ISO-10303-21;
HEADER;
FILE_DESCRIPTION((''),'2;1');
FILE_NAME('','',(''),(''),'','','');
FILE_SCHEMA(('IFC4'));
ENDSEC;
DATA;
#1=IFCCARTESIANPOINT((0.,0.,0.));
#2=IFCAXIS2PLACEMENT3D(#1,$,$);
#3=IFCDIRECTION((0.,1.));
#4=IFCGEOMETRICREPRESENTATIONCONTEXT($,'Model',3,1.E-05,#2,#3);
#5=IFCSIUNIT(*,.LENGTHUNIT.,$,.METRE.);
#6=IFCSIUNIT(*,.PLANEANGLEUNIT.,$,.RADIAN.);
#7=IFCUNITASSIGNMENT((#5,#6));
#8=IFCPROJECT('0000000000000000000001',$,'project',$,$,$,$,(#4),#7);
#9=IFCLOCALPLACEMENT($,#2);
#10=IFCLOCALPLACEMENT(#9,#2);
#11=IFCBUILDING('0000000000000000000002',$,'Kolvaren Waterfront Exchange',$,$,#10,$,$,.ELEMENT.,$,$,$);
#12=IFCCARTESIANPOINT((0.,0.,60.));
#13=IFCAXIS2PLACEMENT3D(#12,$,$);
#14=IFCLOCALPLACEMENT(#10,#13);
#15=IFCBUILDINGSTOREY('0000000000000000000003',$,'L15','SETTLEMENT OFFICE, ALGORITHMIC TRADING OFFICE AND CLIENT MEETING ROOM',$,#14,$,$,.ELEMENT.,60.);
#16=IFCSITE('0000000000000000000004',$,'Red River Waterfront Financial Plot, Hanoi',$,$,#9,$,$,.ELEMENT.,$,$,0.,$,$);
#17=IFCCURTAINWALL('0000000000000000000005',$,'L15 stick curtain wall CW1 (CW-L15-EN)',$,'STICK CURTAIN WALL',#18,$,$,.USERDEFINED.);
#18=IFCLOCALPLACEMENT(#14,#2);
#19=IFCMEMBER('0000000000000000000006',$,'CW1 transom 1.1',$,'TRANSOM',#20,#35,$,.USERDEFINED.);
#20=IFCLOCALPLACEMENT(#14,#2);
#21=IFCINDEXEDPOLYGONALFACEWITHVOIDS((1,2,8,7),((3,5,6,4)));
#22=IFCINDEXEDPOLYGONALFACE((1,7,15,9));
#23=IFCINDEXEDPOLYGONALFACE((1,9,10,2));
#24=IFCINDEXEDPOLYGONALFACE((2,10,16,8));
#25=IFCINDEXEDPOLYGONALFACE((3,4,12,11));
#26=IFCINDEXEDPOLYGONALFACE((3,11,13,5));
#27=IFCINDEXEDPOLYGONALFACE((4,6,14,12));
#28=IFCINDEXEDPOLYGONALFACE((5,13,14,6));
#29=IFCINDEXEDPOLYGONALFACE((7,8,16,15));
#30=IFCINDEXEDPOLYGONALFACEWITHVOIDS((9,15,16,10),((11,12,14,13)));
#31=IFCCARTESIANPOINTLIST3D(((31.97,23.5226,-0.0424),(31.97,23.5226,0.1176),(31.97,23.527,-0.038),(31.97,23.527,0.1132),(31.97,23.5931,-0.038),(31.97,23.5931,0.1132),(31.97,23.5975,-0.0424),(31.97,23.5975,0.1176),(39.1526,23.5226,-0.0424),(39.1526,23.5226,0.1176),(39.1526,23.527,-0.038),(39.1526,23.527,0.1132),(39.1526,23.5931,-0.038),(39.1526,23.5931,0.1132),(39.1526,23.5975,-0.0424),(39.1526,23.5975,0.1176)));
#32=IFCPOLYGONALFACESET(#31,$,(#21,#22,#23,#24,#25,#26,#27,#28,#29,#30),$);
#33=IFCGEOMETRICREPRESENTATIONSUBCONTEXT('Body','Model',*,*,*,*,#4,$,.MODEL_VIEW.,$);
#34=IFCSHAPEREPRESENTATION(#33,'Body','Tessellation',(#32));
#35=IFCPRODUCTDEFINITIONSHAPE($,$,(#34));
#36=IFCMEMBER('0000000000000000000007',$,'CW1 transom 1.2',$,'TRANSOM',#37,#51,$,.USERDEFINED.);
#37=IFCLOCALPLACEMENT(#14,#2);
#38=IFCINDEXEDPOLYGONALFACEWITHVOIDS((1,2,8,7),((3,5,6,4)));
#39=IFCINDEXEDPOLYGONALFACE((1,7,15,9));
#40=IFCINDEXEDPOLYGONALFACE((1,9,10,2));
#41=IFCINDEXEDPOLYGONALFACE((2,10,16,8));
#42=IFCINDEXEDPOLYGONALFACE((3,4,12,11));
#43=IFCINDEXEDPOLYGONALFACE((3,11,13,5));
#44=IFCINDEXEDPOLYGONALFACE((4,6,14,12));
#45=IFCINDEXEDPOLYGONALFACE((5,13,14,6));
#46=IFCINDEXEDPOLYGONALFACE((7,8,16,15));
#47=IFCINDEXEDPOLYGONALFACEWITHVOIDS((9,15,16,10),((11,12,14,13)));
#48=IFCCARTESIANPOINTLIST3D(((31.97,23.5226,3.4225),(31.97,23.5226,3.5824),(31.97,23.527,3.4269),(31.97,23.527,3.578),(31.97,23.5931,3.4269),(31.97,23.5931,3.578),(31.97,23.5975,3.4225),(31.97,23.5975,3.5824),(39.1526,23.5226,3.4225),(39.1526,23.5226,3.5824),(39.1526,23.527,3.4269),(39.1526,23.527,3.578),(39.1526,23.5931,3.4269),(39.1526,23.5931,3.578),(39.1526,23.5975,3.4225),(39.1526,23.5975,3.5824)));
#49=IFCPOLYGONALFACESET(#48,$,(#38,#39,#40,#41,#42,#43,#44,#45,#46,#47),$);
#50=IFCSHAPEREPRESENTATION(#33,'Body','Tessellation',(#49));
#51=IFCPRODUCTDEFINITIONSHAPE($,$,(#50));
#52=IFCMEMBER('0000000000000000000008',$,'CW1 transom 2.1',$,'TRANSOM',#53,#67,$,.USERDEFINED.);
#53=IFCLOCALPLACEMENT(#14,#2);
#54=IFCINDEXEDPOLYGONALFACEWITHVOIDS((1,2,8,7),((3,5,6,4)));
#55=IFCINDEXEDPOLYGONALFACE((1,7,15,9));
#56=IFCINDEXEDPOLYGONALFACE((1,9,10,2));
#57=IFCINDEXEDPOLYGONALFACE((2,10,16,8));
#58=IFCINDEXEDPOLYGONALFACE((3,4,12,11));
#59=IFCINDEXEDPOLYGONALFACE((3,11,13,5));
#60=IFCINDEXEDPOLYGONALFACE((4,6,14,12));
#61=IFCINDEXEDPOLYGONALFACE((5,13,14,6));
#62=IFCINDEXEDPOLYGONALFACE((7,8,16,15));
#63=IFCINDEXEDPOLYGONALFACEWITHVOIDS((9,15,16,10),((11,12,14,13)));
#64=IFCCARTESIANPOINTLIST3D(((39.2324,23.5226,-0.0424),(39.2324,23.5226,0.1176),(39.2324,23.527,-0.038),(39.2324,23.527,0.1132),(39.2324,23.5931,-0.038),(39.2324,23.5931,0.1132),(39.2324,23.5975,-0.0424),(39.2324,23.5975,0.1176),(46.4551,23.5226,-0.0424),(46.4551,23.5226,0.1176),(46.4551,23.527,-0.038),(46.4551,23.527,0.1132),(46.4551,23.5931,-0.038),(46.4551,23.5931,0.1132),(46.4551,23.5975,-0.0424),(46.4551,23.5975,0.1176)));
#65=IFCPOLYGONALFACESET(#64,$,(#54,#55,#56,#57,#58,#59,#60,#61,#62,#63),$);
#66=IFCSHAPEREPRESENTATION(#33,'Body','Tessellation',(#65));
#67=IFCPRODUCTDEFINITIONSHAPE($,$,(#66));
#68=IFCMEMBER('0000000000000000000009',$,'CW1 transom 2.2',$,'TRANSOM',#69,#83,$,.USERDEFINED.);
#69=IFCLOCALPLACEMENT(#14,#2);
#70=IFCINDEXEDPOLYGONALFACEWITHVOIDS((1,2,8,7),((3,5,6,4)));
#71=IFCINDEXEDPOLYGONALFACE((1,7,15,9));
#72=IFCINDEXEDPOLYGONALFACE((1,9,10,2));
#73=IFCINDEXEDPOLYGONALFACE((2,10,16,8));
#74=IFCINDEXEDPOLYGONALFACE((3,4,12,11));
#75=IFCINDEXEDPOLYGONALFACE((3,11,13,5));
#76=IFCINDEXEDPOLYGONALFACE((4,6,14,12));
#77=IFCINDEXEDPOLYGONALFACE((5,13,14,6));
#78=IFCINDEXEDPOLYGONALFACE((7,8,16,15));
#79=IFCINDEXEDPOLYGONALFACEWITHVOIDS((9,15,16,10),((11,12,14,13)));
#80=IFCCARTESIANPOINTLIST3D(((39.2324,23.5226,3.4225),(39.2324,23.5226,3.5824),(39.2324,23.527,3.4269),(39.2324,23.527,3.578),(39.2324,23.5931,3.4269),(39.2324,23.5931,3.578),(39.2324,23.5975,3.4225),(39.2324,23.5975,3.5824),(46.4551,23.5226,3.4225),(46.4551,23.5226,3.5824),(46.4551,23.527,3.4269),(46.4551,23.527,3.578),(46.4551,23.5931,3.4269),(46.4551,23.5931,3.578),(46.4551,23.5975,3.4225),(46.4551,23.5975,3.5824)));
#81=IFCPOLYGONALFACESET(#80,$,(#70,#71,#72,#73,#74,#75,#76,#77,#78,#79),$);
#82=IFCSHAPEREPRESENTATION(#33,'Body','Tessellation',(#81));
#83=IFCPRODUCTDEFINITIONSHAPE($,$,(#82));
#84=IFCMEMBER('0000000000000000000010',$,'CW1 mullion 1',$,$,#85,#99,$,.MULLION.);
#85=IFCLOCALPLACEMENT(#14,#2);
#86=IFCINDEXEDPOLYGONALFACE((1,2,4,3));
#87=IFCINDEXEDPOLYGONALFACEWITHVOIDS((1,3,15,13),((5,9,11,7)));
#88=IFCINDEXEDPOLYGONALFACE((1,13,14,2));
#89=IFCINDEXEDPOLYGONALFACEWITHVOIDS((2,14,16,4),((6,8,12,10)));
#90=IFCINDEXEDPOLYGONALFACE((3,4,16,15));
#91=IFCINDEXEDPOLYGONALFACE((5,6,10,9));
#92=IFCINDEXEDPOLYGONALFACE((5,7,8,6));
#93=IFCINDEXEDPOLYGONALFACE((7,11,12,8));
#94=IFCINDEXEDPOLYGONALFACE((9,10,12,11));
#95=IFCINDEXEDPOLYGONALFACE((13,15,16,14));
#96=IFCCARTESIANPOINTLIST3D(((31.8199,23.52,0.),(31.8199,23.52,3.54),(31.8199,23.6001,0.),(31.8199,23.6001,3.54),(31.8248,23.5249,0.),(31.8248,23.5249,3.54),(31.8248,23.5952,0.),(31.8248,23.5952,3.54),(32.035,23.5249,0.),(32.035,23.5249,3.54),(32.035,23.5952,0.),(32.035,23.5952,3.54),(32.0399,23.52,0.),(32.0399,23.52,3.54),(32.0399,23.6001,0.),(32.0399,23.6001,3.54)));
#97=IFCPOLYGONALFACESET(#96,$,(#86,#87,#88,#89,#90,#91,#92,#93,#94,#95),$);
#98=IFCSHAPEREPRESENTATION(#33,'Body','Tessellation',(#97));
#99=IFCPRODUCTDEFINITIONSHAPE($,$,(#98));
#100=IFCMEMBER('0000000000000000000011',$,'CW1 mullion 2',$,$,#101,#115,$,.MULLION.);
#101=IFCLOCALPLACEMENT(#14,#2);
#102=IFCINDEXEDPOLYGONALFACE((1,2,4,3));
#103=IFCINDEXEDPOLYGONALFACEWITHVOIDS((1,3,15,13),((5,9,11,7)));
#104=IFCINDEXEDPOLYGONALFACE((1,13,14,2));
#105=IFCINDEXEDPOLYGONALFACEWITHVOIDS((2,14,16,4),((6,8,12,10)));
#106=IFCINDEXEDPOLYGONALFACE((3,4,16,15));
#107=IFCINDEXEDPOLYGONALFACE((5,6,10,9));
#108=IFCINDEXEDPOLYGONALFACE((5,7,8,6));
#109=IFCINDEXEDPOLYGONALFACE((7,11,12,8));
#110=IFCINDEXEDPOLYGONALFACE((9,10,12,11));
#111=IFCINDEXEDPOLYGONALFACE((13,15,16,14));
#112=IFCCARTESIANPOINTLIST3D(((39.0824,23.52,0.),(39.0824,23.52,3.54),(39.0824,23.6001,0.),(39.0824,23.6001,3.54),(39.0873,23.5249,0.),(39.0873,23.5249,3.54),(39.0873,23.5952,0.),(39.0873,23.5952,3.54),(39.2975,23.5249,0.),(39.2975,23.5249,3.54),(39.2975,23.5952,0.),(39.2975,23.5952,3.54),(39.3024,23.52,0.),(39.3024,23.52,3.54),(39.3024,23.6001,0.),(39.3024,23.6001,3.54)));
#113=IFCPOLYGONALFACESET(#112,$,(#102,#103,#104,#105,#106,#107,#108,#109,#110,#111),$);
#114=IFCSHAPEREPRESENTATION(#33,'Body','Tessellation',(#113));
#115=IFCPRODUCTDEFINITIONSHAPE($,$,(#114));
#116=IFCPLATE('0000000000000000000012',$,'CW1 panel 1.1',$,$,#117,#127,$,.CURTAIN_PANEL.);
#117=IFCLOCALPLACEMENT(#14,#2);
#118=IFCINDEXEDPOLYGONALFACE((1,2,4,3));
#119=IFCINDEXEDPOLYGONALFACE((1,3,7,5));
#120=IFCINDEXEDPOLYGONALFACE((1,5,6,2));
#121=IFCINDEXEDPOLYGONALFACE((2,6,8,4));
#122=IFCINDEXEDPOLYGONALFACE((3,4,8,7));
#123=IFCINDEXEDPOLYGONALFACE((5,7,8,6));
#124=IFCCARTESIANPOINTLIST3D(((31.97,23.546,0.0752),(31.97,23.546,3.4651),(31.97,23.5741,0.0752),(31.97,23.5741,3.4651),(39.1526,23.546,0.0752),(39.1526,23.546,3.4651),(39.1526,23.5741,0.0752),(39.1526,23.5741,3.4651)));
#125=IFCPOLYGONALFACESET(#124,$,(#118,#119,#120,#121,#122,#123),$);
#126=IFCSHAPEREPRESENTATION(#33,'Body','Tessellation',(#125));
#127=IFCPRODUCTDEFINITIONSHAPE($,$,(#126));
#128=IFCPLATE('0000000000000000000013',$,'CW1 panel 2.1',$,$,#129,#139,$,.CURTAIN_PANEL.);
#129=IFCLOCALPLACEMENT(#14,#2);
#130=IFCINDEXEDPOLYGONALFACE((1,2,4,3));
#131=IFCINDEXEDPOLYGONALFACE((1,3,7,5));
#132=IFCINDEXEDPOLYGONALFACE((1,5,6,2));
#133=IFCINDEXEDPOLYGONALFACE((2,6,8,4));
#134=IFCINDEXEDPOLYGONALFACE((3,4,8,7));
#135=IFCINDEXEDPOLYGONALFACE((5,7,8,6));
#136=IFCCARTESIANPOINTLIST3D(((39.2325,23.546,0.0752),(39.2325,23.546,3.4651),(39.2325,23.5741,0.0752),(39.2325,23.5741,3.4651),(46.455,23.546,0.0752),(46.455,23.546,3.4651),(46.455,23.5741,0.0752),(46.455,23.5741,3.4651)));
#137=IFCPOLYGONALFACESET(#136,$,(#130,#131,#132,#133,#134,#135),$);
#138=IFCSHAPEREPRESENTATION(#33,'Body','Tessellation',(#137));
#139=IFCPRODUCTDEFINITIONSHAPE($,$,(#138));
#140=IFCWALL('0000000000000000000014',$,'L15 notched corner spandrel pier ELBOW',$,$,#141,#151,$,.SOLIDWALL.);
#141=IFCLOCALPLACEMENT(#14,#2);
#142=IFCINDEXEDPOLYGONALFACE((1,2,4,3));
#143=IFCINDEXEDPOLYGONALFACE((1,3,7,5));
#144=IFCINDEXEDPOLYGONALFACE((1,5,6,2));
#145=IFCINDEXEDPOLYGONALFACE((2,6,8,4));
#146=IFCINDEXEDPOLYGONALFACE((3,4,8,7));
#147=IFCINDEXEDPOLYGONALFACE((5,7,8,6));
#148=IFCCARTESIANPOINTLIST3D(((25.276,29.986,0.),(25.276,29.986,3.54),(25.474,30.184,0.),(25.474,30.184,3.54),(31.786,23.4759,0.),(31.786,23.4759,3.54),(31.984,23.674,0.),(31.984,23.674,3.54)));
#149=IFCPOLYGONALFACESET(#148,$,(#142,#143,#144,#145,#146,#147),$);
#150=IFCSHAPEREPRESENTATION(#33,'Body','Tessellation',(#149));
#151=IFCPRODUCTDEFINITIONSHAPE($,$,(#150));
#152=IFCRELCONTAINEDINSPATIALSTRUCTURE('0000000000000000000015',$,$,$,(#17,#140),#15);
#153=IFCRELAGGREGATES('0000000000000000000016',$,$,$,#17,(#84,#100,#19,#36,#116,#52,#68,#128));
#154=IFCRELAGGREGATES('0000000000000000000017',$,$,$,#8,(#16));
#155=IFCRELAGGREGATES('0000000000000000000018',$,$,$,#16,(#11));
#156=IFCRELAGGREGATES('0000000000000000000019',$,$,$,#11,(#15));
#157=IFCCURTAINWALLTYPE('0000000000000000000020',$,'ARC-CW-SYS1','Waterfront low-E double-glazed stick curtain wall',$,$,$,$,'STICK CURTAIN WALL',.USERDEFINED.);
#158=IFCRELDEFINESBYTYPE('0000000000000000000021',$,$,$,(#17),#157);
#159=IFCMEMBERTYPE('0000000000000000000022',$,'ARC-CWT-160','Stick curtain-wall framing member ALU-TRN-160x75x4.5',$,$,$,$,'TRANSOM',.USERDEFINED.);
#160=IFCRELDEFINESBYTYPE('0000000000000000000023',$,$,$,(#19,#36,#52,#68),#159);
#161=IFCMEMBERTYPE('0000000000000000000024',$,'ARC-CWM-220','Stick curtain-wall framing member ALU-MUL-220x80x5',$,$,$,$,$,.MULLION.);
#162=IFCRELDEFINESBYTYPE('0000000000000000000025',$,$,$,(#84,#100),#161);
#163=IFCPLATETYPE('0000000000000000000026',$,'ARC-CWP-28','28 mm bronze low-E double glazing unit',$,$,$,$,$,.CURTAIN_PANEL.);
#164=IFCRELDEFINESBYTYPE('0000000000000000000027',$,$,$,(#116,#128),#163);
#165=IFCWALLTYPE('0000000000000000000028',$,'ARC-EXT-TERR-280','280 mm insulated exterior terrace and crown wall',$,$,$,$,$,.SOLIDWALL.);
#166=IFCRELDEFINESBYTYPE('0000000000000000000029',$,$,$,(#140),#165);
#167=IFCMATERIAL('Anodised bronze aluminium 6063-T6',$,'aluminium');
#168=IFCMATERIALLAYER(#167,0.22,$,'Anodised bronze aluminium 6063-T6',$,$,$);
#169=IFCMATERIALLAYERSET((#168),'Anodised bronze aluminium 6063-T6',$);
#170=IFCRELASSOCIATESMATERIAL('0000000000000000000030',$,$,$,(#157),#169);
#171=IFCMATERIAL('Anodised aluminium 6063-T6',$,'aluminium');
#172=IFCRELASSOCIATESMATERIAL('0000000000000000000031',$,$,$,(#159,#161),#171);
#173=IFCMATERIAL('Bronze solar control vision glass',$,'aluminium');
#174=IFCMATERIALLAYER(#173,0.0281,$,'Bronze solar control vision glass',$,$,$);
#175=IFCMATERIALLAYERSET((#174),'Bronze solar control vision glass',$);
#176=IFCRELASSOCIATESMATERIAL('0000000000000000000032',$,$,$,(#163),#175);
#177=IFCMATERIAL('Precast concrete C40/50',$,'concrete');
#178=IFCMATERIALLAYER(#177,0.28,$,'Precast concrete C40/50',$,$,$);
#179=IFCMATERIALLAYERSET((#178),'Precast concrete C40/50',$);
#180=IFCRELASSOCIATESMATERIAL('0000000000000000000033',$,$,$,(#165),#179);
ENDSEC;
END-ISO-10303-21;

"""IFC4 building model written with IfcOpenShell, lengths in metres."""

from ifc_helpers import new_model, si_unit, direction, frame, frame_2d, origin, origin_with_axes, origin_2d, place, context, subcontext, project, spatial, rectangle, hollow_rectangle, extrude, source, transform, mapped, material, layer, layer_set, material_profile, profile_set, type_object, element, aggregate, save


model = new_model("IFC4")

# Units and contexts
model_context = context("Model", 3, precision=1e-05, world=origin(), true_north=direction((0.0, 1.0)))
body_context = subcontext(model_context, "Body", "Model", "MODEL_VIEW")
ifc_project = project(units=[si_unit("LENGTHUNIT", "METRE"), si_unit("PLANEANGLEUNIT", "RADIAN")], contexts=[model_context])

# Site, building, storey
site_placement = place(None, origin())
site = spatial("IfcSite", under=ifc_project, at=site_placement, Name="Red River Waterfront Financial Plot, Hanoi", CompositionType="ELEMENT", RefElevation=0.0)
building_placement = place(site_placement, origin())
building = spatial("IfcBuilding", under=site, at=building_placement, Name="Kolvaren Waterfront Exchange", CompositionType="ELEMENT")
storey_placement = place(building_placement, frame((0.0, 0.0, 60.0)))
storey = spatial("IfcBuildingStorey", under=building, at=storey_placement, Name="L15", Description="SETTLEMENT OFFICE, ALGORITHMIC TRADING OFFICE AND CLIENT MEETING ROOM", CompositionType="ELEMENT", Elevation=60.0)

# Curtain wall, members, plates
ifc_material_1 = material(Name="Anodised bronze aluminium 6063-T6", Category="aluminium")
ifc_layer_1 = layer(ifc_material_1, 0.22, Name="Anodised bronze aluminium 6063-T6")
ifc_layer_set_1 = layer_set([ifc_layer_1], Name="Anodised bronze aluminium 6063-T6")
curtain_wall_type = type_object("IfcCurtainWallType", Name="ARC-CW-SYS1", Description="Waterfront low-E double-glazed stick curtain wall", ElementType="STICK CURTAIN WALL", PredefinedType="USERDEFINED", material=ifc_layer_set_1)
curtain_wall_placement = place(storey_placement, origin())
curtain_wall = element("IfcCurtainWall", 1, at=curtain_wall_placement, inside=storey, type_object=curtain_wall_type, Name="L15 stick curtain wall CW1 (CW-L15-EN)", ObjectType="STICK CURTAIN WALL", PredefinedType="USERDEFINED")
ifc_material_2 = material(Name="Anodised aluminium 6063-T6", Category="aluminium")
ifc_material_profile_1 = material_profile(ifc_material_2, hollow_rectangle(XDim=0.075, YDim=0.1599, WallThickness=0.0044, at=origin_2d()), Name="ALU-TRN-160x75x4.5")
ifc_profile_set_1 = profile_set([ifc_material_profile_1], Name="Anodised aluminium 6063-T6")
member_type_1 = type_object("IfcMemberType", Name="ARC-CWT-160", Description="Stick curtain-wall framing member ALU-TRN-160x75x4.5", ElementType="TRANSOM", PredefinedType="USERDEFINED", material=ifc_profile_set_1)
shared_shape_1 = source(origin_with_axes(), body_context, "Body", "SweptSolid", [
    extrude(hollow_rectangle(XDim=0.075, YDim=0.1599, WallThickness=0.0044, at=origin_2d()), origin(), (0.0, 0.0, 1.0), 7.1826),
])
member_1_placement = place(storey_placement, frame((31.97, 23.5601, 0.0376), z_axis=(1.0, 0.0, 0.0), x_axis=(0.0, 1.0, 0.0)))
member_1 = element("IfcMember", 2, at=member_1_placement, type_object=member_type_1, Name="CW1 transom 1.1", ObjectType="TRANSOM", PredefinedType="USERDEFINED", context=body_context, shape_type="MappedRepresentation", body=[
    mapped(shared_shape_1, transform((0.0, 0.0, 0.0), x_axis=(1.0, 0.0, 0.0), y_axis=(0.0, 1.0, 0.0), z_axis=(0.0, 0.0, 1.0), scale=1.0)),
])
member_2_placement = place(storey_placement, frame((31.97, 23.5601, 3.5024), z_axis=(1.0, 0.0, 0.0), x_axis=(0.0, 1.0, 0.0)))
member_2 = element("IfcMember", 3, at=member_2_placement, type_object=member_type_1, Name="CW1 transom 1.2", ObjectType="TRANSOM", PredefinedType="USERDEFINED", context=body_context, shape_type="MappedRepresentation", body=[
    mapped(shared_shape_1, transform((0.0, 0.0, 0.0), x_axis=(1.0, 0.0, 0.0), y_axis=(0.0, 1.0, 0.0), z_axis=(0.0, 0.0, 1.0), scale=1.0)),
])
shared_shape_2 = source(origin_with_axes(), body_context, "Body", "SweptSolid", [
    extrude(hollow_rectangle(XDim=0.075, YDim=0.1599, WallThickness=0.0044, at=origin_2d()), origin(), (0.0, 0.0, 1.0), 7.2227),
])
member_3_placement = place(storey_placement, frame((39.2324, 23.5601, 0.0376), z_axis=(1.0, 0.0, 0.0), x_axis=(0.0, 1.0, 0.0)))
member_3 = element("IfcMember", 4, at=member_3_placement, type_object=member_type_1, Name="CW1 transom 2.1", ObjectType="TRANSOM", PredefinedType="USERDEFINED", context=body_context, shape_type="MappedRepresentation", body=[
    mapped(shared_shape_2, transform((0.0, 0.0, 0.0), x_axis=(1.0, 0.0, 0.0), y_axis=(0.0, 1.0, 0.0), z_axis=(0.0, 0.0, 1.0), scale=1.0)),
])
member_4_placement = place(storey_placement, frame((39.2324, 23.5601, 3.5024), z_axis=(1.0, 0.0, 0.0), x_axis=(0.0, 1.0, 0.0)))
member_4 = element("IfcMember", 5, at=member_4_placement, type_object=member_type_1, Name="CW1 transom 2.2", ObjectType="TRANSOM", PredefinedType="USERDEFINED", context=body_context, shape_type="MappedRepresentation", body=[
    mapped(shared_shape_2, transform((0.0, 0.0, 0.0), x_axis=(1.0, 0.0, 0.0), y_axis=(0.0, 1.0, 0.0), z_axis=(0.0, 0.0, 1.0), scale=1.0)),
])
ifc_material_profile_2 = material_profile(ifc_material_2, hollow_rectangle(XDim=0.0801, YDim=0.22, WallThickness=0.0049, at=origin_2d()), Name="ALU-MUL-220x80x5")
ifc_profile_set_2 = profile_set([ifc_material_profile_2], Name="Anodised aluminium 6063-T6")
member_type_2 = type_object("IfcMemberType", Name="ARC-CWM-220", Description="Stick curtain-wall framing member ALU-MUL-220x80x5", PredefinedType="MULLION", material=ifc_profile_set_2)
shared_shape_3 = source(origin_with_axes(), body_context, "Body", "SweptSolid", [
    extrude(hollow_rectangle(XDim=0.0801, YDim=0.22, WallThickness=0.0049, at=origin_2d()), origin(), (0.0, 0.0, 1.0), 3.54),
])
member_5_placement = place(storey_placement, frame((31.9299, 23.5601, 0.0), z_axis=(0.0, 0.0, 1.0), x_axis=(0.0, 1.0, 0.0)))
member_5 = element("IfcMember", 6, at=member_5_placement, type_object=member_type_2, Name="CW1 mullion 1", PredefinedType="MULLION", context=body_context, shape_type="MappedRepresentation", body=[
    mapped(shared_shape_3, transform((0.0, 0.0, 0.0), x_axis=(1.0, 0.0, 0.0), y_axis=(0.0, 1.0, 0.0), z_axis=(0.0, 0.0, 1.0), scale=1.0)),
])
member_6_placement = place(storey_placement, frame((39.1924, 23.5601, 0.0), z_axis=(0.0, 0.0, 1.0), x_axis=(0.0, 1.0, 0.0)))
member_6 = element("IfcMember", 7, at=member_6_placement, type_object=member_type_2, Name="CW1 mullion 2", PredefinedType="MULLION", context=body_context, shape_type="MappedRepresentation", body=[
    mapped(shared_shape_3, transform((0.0, 0.0, 0.0), x_axis=(1.0, 0.0, 0.0), y_axis=(0.0, 1.0, 0.0), z_axis=(0.0, 0.0, 1.0), scale=1.0)),
])
ifc_material_3 = material(Name="Bronze solar control vision glass", Category="aluminium")
ifc_layer_2 = layer(ifc_material_3, 0.0281, Name="Bronze solar control vision glass")
ifc_layer_set_2 = layer_set([ifc_layer_2], Name="Bronze solar control vision glass")
plate_type = type_object("IfcPlateType", Name="ARC-CWP-28", Description="28 mm bronze low-E double glazing unit", PredefinedType="CURTAIN_PANEL", material=ifc_layer_set_2)
shared_shape_4 = source(origin_with_axes(), body_context, "Body", "SweptSolid", [
    extrude(rectangle(XDim=7.1826, YDim=0.0281, at=origin_2d()), origin(), (0.0, 0.0, 1.0), 3.3899),
])
plate_1_placement = place(storey_placement, frame((35.5613, 23.5601, 0.0752), z_axis=(0.0, 0.0, 1.0), x_axis=(1.0, 0.0, 0.0)))
plate_1 = element("IfcPlate", 8, at=plate_1_placement, type_object=plate_type, Name="CW1 panel 1.1", PredefinedType="CURTAIN_PANEL", context=body_context, shape_type="MappedRepresentation", body=[
    mapped(shared_shape_4, transform((0.0, 0.0, 0.0), x_axis=(1.0, 0.0, 0.0), y_axis=(0.0, 1.0, 0.0), z_axis=(0.0, 0.0, 1.0), scale=1.0)),
])
shared_shape_5 = source(origin_with_axes(), body_context, "Body", "SweptSolid", [
    extrude(rectangle(XDim=7.2224, YDim=0.0281, at=origin_2d()), origin(), (0.0, 0.0, 1.0), 3.3899),
])
plate_2_placement = place(storey_placement, frame((42.8438, 23.5601, 0.0752), z_axis=(0.0, 0.0, 1.0), x_axis=(1.0, 0.0, 0.0)))
plate_2 = element("IfcPlate", 9, at=plate_2_placement, type_object=plate_type, Name="CW1 panel 2.1", PredefinedType="CURTAIN_PANEL", context=body_context, shape_type="MappedRepresentation", body=[
    mapped(shared_shape_5, transform((0.0, 0.0, 0.0), x_axis=(1.0, 0.0, 0.0), y_axis=(0.0, 1.0, 0.0), z_axis=(0.0, 0.0, 1.0), scale=1.0)),
])
aggregate(curtain_wall, [member_5, member_6, member_1, member_2, plate_1, member_3, member_4, plate_2])

# Wall
ifc_material_4 = material(Name="Precast concrete C40/50", Category="concrete")
ifc_layer_3 = layer(ifc_material_4, 0.28, Name="Precast concrete C40/50")
ifc_layer_set_3 = layer_set([ifc_layer_3], Name="Precast concrete C40/50")
wall_type_1 = type_object("IfcWallType", Name="ARC-EXT-TERR-280", Description="280 mm insulated exterior terrace and crown wall", PredefinedType="SOLIDWALL", material=ifc_layer_set_3)
wall_1_placement = place(storey_placement, frame((31.885, 23.575, 0.0), z_axis=(0.0, 0.0, 1.0), x_axis=(-0.707107, 0.707107, 0.0)))
element("IfcWall", 10, at=wall_1_placement, inside=storey, type_object=wall_type_1, Name="L15 notched corner spandrel pier ELBOW", PredefinedType="SOLIDWALL", context=body_context, shape_type="SweptSolid", body=[
    extrude(rectangle(XDim=9.2065, YDim=0.28, at=frame_2d((4.6033, 0.0))), origin(), (0.0, 0.0, 1.0), 3.54),
])

save(model, "model.ifc")
